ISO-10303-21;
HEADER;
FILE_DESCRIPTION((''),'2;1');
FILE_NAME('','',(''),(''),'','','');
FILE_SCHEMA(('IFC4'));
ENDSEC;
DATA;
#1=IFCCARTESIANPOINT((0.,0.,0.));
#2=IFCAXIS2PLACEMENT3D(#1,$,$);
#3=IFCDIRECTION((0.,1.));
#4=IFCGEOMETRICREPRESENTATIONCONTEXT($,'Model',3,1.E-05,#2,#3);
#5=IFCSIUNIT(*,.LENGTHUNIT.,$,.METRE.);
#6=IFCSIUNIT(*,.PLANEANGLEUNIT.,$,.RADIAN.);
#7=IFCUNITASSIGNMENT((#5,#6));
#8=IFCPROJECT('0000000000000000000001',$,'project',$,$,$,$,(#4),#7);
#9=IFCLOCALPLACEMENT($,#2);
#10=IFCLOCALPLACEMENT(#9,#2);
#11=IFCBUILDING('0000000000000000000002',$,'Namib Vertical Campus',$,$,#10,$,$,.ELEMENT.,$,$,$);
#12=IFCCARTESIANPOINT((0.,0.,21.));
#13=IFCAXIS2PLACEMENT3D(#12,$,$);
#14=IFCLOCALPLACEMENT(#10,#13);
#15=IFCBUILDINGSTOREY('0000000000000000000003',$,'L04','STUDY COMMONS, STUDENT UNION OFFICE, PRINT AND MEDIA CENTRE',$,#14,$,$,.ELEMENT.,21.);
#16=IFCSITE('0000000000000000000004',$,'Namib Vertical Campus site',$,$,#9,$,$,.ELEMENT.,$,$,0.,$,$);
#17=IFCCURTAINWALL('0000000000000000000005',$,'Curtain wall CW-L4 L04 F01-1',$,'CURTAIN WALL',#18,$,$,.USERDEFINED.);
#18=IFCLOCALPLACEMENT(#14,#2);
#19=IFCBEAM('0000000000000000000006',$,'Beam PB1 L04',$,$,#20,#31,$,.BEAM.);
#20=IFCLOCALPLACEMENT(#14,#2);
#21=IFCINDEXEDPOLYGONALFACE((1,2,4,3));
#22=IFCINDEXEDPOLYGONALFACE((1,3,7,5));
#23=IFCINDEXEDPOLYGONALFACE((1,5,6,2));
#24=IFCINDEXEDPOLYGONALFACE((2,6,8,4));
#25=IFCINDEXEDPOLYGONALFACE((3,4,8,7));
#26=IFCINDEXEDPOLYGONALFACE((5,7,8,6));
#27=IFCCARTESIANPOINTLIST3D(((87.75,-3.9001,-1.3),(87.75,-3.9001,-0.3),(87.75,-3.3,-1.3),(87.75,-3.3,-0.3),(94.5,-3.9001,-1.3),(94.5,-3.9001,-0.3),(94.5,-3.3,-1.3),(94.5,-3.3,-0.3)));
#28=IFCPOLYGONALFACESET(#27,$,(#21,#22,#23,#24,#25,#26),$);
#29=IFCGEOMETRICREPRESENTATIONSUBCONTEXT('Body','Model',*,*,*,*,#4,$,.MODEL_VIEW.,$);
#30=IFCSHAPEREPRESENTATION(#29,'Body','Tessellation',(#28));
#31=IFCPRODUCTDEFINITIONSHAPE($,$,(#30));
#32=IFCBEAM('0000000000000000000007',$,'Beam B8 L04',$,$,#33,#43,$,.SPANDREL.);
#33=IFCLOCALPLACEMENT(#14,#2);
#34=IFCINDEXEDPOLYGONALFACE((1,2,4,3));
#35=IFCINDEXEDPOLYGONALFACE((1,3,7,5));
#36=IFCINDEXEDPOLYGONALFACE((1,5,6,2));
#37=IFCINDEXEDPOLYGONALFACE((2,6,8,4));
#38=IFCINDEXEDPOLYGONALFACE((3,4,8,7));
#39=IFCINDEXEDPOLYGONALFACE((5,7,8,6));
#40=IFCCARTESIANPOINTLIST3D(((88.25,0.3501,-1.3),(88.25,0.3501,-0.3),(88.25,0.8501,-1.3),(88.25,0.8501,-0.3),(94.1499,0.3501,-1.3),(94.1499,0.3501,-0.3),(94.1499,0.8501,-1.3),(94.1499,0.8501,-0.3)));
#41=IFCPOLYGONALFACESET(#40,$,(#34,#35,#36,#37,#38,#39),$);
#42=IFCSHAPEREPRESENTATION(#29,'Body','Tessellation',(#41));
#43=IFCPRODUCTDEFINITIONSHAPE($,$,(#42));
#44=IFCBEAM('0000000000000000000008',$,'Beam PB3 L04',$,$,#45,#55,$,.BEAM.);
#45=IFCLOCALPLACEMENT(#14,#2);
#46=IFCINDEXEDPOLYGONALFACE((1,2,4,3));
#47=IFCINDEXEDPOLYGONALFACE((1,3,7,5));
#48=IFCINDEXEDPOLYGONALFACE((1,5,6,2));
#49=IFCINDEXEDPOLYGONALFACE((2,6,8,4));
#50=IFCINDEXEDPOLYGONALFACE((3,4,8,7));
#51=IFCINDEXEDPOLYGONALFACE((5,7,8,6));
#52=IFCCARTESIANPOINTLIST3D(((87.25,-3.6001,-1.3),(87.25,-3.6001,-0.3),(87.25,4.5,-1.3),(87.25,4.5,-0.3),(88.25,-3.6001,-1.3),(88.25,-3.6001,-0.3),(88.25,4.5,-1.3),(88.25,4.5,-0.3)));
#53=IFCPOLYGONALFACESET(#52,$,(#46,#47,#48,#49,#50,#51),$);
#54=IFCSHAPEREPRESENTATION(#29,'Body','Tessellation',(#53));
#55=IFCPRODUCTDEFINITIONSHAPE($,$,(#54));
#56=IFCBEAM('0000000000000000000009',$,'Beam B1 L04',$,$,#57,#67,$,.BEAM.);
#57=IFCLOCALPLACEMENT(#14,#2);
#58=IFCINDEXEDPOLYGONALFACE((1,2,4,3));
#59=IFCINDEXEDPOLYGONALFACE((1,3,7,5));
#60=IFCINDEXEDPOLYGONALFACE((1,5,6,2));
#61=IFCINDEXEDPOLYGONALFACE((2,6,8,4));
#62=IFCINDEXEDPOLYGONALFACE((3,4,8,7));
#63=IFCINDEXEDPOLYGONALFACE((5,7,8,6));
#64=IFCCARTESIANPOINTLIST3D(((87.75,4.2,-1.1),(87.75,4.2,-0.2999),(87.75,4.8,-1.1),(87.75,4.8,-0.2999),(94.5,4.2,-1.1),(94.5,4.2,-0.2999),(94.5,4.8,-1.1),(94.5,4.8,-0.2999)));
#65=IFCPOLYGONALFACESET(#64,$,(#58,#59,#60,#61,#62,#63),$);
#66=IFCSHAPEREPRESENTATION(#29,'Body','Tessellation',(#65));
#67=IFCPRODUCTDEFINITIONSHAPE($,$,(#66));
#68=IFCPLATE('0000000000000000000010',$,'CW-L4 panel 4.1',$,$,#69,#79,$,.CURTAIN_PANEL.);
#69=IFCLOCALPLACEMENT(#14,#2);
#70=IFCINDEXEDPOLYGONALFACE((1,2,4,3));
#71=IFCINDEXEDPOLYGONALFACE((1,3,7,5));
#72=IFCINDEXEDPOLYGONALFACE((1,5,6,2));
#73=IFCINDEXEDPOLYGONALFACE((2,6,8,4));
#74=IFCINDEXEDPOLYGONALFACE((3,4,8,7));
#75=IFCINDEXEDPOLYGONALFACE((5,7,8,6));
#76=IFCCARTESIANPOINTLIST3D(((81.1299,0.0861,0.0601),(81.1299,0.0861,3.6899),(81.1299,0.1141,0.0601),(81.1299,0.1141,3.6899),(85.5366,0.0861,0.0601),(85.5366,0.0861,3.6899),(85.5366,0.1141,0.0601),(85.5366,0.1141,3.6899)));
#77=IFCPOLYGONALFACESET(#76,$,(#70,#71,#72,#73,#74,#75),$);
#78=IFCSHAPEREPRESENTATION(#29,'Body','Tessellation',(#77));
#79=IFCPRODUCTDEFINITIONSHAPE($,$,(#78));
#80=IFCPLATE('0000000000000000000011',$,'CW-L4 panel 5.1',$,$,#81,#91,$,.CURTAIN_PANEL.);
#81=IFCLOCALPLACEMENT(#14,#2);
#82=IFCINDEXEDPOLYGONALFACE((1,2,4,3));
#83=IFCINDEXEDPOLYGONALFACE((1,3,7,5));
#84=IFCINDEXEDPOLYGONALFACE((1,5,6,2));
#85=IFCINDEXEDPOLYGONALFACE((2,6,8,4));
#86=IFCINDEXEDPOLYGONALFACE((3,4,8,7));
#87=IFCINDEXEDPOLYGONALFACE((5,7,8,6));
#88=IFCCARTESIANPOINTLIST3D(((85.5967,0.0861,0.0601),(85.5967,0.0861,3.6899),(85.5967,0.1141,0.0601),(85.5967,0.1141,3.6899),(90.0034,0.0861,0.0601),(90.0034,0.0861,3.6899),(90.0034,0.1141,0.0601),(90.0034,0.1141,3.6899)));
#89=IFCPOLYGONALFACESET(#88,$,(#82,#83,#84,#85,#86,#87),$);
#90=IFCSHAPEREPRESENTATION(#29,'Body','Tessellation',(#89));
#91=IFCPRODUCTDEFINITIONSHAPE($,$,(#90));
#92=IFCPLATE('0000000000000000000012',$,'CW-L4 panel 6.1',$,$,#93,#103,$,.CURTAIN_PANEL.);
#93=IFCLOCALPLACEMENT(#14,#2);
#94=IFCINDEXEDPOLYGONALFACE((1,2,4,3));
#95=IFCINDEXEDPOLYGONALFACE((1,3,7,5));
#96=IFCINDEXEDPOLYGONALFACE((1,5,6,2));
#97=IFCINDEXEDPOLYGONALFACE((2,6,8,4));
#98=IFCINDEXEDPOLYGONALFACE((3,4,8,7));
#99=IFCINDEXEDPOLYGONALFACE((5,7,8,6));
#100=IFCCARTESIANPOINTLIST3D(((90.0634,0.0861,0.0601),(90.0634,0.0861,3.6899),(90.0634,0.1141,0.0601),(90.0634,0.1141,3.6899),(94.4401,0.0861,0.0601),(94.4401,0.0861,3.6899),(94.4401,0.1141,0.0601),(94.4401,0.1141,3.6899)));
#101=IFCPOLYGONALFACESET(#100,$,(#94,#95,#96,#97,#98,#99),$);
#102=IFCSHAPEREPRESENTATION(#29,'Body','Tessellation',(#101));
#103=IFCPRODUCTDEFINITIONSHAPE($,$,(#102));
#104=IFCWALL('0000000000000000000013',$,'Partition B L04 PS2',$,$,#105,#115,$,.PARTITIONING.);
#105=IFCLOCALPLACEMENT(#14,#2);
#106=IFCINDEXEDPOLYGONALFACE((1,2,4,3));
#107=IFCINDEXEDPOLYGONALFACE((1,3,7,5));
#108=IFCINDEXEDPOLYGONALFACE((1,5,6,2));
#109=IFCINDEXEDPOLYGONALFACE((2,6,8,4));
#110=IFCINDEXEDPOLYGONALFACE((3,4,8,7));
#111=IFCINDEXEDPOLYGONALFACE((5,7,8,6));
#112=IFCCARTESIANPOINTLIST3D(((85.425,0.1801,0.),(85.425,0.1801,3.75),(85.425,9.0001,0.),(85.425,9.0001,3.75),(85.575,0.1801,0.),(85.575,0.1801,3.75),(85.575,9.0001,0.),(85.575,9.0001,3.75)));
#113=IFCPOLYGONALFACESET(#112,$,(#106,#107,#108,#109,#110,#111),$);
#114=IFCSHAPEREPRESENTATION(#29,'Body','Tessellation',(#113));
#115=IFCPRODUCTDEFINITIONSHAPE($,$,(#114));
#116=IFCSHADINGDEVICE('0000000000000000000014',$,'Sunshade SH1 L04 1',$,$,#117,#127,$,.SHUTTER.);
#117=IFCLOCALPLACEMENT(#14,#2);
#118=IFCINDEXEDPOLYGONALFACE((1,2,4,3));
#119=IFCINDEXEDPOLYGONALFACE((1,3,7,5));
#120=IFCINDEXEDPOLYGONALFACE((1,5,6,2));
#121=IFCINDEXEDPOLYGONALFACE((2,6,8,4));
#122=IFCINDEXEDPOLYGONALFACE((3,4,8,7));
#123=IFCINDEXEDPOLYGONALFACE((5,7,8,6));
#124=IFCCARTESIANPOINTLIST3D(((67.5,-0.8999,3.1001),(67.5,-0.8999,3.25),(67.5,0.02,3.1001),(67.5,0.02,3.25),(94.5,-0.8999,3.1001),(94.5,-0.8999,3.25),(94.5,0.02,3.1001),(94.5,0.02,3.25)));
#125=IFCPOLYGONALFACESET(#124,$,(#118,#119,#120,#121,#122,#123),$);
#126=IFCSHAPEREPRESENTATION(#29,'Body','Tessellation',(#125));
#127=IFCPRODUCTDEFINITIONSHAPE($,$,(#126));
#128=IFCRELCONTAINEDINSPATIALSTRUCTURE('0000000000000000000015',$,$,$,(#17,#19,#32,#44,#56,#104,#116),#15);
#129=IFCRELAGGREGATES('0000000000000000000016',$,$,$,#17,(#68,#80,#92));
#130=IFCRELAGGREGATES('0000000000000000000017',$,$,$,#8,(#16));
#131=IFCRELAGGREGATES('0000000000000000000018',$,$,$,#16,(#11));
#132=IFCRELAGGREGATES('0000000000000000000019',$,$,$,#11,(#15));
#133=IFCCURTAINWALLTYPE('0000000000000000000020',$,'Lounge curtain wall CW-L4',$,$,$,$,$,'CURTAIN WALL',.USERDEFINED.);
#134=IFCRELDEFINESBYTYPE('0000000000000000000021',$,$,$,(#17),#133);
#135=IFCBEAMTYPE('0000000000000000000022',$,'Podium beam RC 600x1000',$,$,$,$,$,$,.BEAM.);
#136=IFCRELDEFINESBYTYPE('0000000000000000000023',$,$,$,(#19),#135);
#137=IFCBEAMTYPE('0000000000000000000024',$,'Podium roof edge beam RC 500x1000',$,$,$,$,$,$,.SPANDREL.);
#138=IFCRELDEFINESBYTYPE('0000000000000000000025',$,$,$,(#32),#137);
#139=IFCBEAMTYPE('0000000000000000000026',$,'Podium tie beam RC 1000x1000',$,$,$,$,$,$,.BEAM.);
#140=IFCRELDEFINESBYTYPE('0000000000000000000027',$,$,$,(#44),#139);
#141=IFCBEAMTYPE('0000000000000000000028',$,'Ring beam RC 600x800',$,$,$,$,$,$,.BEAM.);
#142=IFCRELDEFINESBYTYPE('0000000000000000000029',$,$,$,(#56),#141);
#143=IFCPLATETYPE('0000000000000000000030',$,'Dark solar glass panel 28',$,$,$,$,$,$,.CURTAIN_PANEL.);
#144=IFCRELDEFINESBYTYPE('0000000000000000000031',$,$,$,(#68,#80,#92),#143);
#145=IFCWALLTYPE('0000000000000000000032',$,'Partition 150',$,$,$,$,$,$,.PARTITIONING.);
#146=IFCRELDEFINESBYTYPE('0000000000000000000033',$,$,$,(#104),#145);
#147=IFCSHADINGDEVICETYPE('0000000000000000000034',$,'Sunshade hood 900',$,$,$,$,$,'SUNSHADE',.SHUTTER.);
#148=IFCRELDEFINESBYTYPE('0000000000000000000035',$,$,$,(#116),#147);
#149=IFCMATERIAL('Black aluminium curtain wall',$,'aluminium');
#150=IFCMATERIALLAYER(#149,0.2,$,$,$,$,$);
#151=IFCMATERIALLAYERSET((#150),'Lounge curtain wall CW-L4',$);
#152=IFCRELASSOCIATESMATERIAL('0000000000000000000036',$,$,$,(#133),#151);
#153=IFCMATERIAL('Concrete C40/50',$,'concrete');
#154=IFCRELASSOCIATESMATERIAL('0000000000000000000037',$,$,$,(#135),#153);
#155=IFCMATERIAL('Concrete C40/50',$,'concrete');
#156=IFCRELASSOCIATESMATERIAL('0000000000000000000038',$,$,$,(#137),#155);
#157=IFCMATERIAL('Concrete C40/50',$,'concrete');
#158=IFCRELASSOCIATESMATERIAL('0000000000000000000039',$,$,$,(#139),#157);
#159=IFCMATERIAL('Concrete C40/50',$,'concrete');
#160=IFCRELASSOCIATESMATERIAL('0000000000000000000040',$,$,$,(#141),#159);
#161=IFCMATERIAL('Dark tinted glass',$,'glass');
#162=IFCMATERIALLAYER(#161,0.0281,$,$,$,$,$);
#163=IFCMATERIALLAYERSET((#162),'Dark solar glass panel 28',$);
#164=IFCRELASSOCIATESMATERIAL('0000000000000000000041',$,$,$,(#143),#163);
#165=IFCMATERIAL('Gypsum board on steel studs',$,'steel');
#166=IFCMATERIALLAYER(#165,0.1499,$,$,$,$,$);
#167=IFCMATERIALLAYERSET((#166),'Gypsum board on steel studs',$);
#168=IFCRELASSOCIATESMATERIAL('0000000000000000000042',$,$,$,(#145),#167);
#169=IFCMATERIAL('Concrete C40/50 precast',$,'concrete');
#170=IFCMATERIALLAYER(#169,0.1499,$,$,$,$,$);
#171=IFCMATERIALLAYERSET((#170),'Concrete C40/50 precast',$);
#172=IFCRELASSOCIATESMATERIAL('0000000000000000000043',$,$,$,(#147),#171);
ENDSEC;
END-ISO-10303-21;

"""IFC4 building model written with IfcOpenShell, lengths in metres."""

from ifc_helpers import new_model, si_unit, direction, frame, frame_2d, origin, origin_2d, place, context, subcontext, project, spatial, rectangle, extrude, material, layer, layer_set, material_profile, profile_set, type_object, element, aggregate, save


model = new_model("IFC4")

# Units and contexts
model_context = context("Model", 3, precision=1e-05, world=origin(), true_north=direction((0.0, 1.0)))
body_context = subcontext(model_context, "Body", "Model", "MODEL_VIEW")
ifc_project = project(units=[si_unit("LENGTHUNIT", "METRE"), si_unit("PLANEANGLEUNIT", "RADIAN")], contexts=[model_context])

# Site, building, storey
site_placement = place(None, origin())
site = spatial("IfcSite", under=ifc_project, at=site_placement, Name="Namib Vertical Campus site", CompositionType="ELEMENT", RefElevation=0.0)
building_placement = place(site_placement, origin())
building = spatial("IfcBuilding", under=site, at=building_placement, Name="Namib Vertical Campus", CompositionType="ELEMENT")
storey_placement = place(building_placement, frame((0.0, 0.0, 21.0)))
storey = spatial("IfcBuildingStorey", under=building, at=storey_placement, Name="L04", Description="STUDY COMMONS, STUDENT UNION OFFICE, PRINT AND MEDIA CENTRE", CompositionType="ELEMENT", Elevation=21.0)

# Curtain wall
ifc_material_1 = material(Name="Black aluminium curtain wall", Category="aluminium")
ifc_layer_1 = layer(ifc_material_1, 0.2)
ifc_layer_set_1 = layer_set([ifc_layer_1], Name="Lounge curtain wall CW-L4")
curtain_wall_type = type_object("IfcCurtainWallType", Name="Lounge curtain wall CW-L4", ElementType="CURTAIN WALL", PredefinedType="USERDEFINED", material=ifc_layer_set_1)
curtain_wall_1_placement = place(storey_placement, origin())
curtain_wall_1 = element("IfcCurtainWall", 1, at=curtain_wall_1_placement, inside=storey, type_object=curtain_wall_type, Name="Curtain wall CW-L4 L04 F01-1", ObjectType="CURTAIN WALL", PredefinedType="USERDEFINED")

# Beams
ifc_material_2 = material(Name="Concrete C40/50", Category="concrete")
ifc_material_profile_1 = material_profile(ifc_material_2, rectangle(XDim=0.6001, YDim=1.0, at=origin_2d()))
ifc_profile_set_1 = profile_set([ifc_material_profile_1], Name="Concrete C40/50")
beam_type_1 = type_object("IfcBeamType", Name="Podium beam RC 600x1000", PredefinedType="BEAM", material=ifc_profile_set_1)
beam_1_placement = place(storey_placement, frame((87.75, -3.6001, -0.8), z_axis=(1.0, 0.0, 0.0), x_axis=(0.0, 1.0, 0.0)))
element("IfcBeam", 2, at=beam_1_placement, inside=storey, type_object=beam_type_1, Name="Beam PB1 L04", PredefinedType="BEAM", context=body_context, shape_type="SweptSolid", body=[
    extrude(rectangle(XDim=0.6001, YDim=1.0, at=origin_2d()), origin(), (0.0, 0.0, 1.0), 6.75),
])
ifc_material_3 = material(Name="Concrete C40/50", Category="concrete")
ifc_material_profile_2 = material_profile(ifc_material_3, rectangle(XDim=0.5, YDim=1.0, at=origin_2d()))
ifc_profile_set_2 = profile_set([ifc_material_profile_2], Name="Concrete C40/50")
beam_type_2 = type_object("IfcBeamType", Name="Podium roof edge beam RC 500x1000", PredefinedType="SPANDREL", material=ifc_profile_set_2)
beam_2_placement = place(storey_placement, frame((88.25, 0.6001, -0.8), z_axis=(1.0, 0.0, 0.0), x_axis=(0.0, 1.0, 0.0)))
element("IfcBeam", 3, at=beam_2_placement, inside=storey, type_object=beam_type_2, Name="Beam B8 L04", PredefinedType="SPANDREL", context=body_context, shape_type="SweptSolid", body=[
    extrude(rectangle(XDim=0.5, YDim=1.0, at=origin_2d()), origin(), (0.0, 0.0, 1.0), 5.8999),
])
ifc_material_4 = material(Name="Concrete C40/50", Category="concrete")
ifc_material_profile_3 = material_profile(ifc_material_4, rectangle(XDim=1.0, YDim=1.0, at=origin_2d()))
ifc_profile_set_3 = profile_set([ifc_material_profile_3], Name="Concrete C40/50")
beam_type_3 = type_object("IfcBeamType", Name="Podium tie beam RC 1000x1000", PredefinedType="BEAM", material=ifc_profile_set_3)
beam_3_placement = place(storey_placement, frame((87.75, -3.6001, -0.8), z_axis=(0.0, 1.0, 0.0), x_axis=(-1.0, 0.0, 0.0)))
element("IfcBeam", 4, at=beam_3_placement, inside=storey, type_object=beam_type_3, Name="Beam PB3 L04", PredefinedType="BEAM", context=body_context, shape_type="SweptSolid", body=[
    extrude(rectangle(XDim=1.0, YDim=1.0, at=origin_2d()), origin(), (0.0, 0.0, 1.0), 8.1001),
])
ifc_material_5 = material(Name="Concrete C40/50", Category="concrete")
ifc_material_profile_4 = material_profile(ifc_material_5, rectangle(XDim=0.6001, YDim=0.8, at=origin_2d()))
ifc_profile_set_4 = profile_set([ifc_material_profile_4], Name="Concrete C40/50")
beam_type_4 = type_object("IfcBeamType", Name="Ring beam RC 600x800", PredefinedType="BEAM", material=ifc_profile_set_4)
beam_4_placement = place(storey_placement, frame((87.75, 4.5, -0.7), z_axis=(1.0, 0.0, 0.0), x_axis=(0.0, 1.0, 0.0)))
element("IfcBeam", 5, at=beam_4_placement, inside=storey, type_object=beam_type_4, Name="Beam B1 L04", PredefinedType="BEAM", context=body_context, shape_type="SweptSolid", body=[
    extrude(rectangle(XDim=0.6001, YDim=0.8, at=origin_2d()), origin(), (0.0, 0.0, 1.0), 6.75),
])

# Plates
ifc_material_6 = material(Name="Dark tinted glass", Category="glass")
ifc_layer_2 = layer(ifc_material_6, 0.0281)
ifc_layer_set_2 = layer_set([ifc_layer_2], Name="Dark solar glass panel 28")
plate_type = type_object("IfcPlateType", Name="Dark solar glass panel 28", PredefinedType="CURTAIN_PANEL", material=ifc_layer_set_2)
plate_1_placement = place(storey_placement, frame((83.3333, 0.1001, 0.0601), z_axis=(0.0, 0.0, 1.0), x_axis=(1.0, 0.0, 0.0)))
plate_1 = element("IfcPlate", 6, at=plate_1_placement, type_object=plate_type, Name="CW-L4 panel 4.1", PredefinedType="CURTAIN_PANEL", context=body_context, shape_type="SweptSolid", body=[
    extrude(rectangle(XDim=4.4067, YDim=0.0281, at=origin_2d()), origin(), (0.0, 0.0, 1.0), 3.6299),
])
plate_2_placement = place(storey_placement, frame((87.8, 0.1001, 0.0601), z_axis=(0.0, 0.0, 1.0), x_axis=(1.0, 0.0, 0.0)))
plate_2 = element("IfcPlate", 7, at=plate_2_placement, type_object=plate_type, Name="CW-L4 panel 5.1", PredefinedType="CURTAIN_PANEL", context=body_context, shape_type="SweptSolid", body=[
    extrude(rectangle(XDim=4.4067, YDim=0.0281, at=origin_2d()), origin(), (0.0, 0.0, 1.0), 3.6299),
])
plate_3_placement = place(storey_placement, frame((92.2517, 0.1001, 0.0601), z_axis=(0.0, 0.0, 1.0), x_axis=(1.0, 0.0, 0.0)))
plate_3 = element("IfcPlate", 8, at=plate_3_placement, type_object=plate_type, Name="CW-L4 panel 6.1", PredefinedType="CURTAIN_PANEL", context=body_context, shape_type="SweptSolid", body=[
    extrude(rectangle(XDim=4.3767, YDim=0.0281, at=origin_2d()), origin(), (0.0, 0.0, 1.0), 3.6299),
])
aggregate(curtain_wall_1, [plate_1, plate_2, plate_3])

# Wall
ifc_material_7 = material(Name="Gypsum board on steel studs", Category="steel")
ifc_layer_3 = layer(ifc_material_7, 0.1499)
ifc_layer_set_3 = layer_set([ifc_layer_3], Name="Gypsum board on steel studs")
wall_type = type_object("IfcWallType", Name="Partition 150", PredefinedType="PARTITIONING", material=ifc_layer_set_3)
wall_placement = place(storey_placement, frame((85.5, 0.1799, 0.0), z_axis=(0.0, 0.0, 1.0), x_axis=(0.0, 1.0, 0.0)))
element("IfcWall", 9, at=wall_placement, inside=storey, type_object=wall_type, Name="Partition B L04 PS2", PredefinedType="PARTITIONING", context=body_context, shape_type="SweptSolid", body=[
    extrude(rectangle(XDim=8.8201, YDim=0.1499, at=frame_2d((4.4102, 0.0))), origin(), (0.0, 0.0, 1.0), 3.75),
])

# Shading device
ifc_material_8 = material(Name="Concrete C40/50 precast", Category="concrete")
ifc_layer_4 = layer(ifc_material_8, 0.1499)
ifc_layer_set_4 = layer_set([ifc_layer_4], Name="Concrete C40/50 precast")
shading_device_type = type_object("IfcShadingDeviceType", Name="Sunshade hood 900", ElementType="SUNSHADE", PredefinedType="SHUTTER", material=ifc_layer_set_4)
shading_device_placement = place(storey_placement, frame((81.0, -0.4399, 3.1001), z_axis=(0.0, 0.0, 1.0), x_axis=(1.0, 0.0, 0.0)))
element("IfcShadingDevice", 10, at=shading_device_placement, inside=storey, type_object=shading_device_type, Name="Sunshade SH1 L04 1", PredefinedType="SHUTTER", context=body_context, shape_type="SweptSolid", body=[
    extrude(rectangle(XDim=27.0, YDim=0.9199, at=origin_2d()), origin(), (0.0, 0.0, 1.0), 0.1499),
])

save(model, "model.ifc")
